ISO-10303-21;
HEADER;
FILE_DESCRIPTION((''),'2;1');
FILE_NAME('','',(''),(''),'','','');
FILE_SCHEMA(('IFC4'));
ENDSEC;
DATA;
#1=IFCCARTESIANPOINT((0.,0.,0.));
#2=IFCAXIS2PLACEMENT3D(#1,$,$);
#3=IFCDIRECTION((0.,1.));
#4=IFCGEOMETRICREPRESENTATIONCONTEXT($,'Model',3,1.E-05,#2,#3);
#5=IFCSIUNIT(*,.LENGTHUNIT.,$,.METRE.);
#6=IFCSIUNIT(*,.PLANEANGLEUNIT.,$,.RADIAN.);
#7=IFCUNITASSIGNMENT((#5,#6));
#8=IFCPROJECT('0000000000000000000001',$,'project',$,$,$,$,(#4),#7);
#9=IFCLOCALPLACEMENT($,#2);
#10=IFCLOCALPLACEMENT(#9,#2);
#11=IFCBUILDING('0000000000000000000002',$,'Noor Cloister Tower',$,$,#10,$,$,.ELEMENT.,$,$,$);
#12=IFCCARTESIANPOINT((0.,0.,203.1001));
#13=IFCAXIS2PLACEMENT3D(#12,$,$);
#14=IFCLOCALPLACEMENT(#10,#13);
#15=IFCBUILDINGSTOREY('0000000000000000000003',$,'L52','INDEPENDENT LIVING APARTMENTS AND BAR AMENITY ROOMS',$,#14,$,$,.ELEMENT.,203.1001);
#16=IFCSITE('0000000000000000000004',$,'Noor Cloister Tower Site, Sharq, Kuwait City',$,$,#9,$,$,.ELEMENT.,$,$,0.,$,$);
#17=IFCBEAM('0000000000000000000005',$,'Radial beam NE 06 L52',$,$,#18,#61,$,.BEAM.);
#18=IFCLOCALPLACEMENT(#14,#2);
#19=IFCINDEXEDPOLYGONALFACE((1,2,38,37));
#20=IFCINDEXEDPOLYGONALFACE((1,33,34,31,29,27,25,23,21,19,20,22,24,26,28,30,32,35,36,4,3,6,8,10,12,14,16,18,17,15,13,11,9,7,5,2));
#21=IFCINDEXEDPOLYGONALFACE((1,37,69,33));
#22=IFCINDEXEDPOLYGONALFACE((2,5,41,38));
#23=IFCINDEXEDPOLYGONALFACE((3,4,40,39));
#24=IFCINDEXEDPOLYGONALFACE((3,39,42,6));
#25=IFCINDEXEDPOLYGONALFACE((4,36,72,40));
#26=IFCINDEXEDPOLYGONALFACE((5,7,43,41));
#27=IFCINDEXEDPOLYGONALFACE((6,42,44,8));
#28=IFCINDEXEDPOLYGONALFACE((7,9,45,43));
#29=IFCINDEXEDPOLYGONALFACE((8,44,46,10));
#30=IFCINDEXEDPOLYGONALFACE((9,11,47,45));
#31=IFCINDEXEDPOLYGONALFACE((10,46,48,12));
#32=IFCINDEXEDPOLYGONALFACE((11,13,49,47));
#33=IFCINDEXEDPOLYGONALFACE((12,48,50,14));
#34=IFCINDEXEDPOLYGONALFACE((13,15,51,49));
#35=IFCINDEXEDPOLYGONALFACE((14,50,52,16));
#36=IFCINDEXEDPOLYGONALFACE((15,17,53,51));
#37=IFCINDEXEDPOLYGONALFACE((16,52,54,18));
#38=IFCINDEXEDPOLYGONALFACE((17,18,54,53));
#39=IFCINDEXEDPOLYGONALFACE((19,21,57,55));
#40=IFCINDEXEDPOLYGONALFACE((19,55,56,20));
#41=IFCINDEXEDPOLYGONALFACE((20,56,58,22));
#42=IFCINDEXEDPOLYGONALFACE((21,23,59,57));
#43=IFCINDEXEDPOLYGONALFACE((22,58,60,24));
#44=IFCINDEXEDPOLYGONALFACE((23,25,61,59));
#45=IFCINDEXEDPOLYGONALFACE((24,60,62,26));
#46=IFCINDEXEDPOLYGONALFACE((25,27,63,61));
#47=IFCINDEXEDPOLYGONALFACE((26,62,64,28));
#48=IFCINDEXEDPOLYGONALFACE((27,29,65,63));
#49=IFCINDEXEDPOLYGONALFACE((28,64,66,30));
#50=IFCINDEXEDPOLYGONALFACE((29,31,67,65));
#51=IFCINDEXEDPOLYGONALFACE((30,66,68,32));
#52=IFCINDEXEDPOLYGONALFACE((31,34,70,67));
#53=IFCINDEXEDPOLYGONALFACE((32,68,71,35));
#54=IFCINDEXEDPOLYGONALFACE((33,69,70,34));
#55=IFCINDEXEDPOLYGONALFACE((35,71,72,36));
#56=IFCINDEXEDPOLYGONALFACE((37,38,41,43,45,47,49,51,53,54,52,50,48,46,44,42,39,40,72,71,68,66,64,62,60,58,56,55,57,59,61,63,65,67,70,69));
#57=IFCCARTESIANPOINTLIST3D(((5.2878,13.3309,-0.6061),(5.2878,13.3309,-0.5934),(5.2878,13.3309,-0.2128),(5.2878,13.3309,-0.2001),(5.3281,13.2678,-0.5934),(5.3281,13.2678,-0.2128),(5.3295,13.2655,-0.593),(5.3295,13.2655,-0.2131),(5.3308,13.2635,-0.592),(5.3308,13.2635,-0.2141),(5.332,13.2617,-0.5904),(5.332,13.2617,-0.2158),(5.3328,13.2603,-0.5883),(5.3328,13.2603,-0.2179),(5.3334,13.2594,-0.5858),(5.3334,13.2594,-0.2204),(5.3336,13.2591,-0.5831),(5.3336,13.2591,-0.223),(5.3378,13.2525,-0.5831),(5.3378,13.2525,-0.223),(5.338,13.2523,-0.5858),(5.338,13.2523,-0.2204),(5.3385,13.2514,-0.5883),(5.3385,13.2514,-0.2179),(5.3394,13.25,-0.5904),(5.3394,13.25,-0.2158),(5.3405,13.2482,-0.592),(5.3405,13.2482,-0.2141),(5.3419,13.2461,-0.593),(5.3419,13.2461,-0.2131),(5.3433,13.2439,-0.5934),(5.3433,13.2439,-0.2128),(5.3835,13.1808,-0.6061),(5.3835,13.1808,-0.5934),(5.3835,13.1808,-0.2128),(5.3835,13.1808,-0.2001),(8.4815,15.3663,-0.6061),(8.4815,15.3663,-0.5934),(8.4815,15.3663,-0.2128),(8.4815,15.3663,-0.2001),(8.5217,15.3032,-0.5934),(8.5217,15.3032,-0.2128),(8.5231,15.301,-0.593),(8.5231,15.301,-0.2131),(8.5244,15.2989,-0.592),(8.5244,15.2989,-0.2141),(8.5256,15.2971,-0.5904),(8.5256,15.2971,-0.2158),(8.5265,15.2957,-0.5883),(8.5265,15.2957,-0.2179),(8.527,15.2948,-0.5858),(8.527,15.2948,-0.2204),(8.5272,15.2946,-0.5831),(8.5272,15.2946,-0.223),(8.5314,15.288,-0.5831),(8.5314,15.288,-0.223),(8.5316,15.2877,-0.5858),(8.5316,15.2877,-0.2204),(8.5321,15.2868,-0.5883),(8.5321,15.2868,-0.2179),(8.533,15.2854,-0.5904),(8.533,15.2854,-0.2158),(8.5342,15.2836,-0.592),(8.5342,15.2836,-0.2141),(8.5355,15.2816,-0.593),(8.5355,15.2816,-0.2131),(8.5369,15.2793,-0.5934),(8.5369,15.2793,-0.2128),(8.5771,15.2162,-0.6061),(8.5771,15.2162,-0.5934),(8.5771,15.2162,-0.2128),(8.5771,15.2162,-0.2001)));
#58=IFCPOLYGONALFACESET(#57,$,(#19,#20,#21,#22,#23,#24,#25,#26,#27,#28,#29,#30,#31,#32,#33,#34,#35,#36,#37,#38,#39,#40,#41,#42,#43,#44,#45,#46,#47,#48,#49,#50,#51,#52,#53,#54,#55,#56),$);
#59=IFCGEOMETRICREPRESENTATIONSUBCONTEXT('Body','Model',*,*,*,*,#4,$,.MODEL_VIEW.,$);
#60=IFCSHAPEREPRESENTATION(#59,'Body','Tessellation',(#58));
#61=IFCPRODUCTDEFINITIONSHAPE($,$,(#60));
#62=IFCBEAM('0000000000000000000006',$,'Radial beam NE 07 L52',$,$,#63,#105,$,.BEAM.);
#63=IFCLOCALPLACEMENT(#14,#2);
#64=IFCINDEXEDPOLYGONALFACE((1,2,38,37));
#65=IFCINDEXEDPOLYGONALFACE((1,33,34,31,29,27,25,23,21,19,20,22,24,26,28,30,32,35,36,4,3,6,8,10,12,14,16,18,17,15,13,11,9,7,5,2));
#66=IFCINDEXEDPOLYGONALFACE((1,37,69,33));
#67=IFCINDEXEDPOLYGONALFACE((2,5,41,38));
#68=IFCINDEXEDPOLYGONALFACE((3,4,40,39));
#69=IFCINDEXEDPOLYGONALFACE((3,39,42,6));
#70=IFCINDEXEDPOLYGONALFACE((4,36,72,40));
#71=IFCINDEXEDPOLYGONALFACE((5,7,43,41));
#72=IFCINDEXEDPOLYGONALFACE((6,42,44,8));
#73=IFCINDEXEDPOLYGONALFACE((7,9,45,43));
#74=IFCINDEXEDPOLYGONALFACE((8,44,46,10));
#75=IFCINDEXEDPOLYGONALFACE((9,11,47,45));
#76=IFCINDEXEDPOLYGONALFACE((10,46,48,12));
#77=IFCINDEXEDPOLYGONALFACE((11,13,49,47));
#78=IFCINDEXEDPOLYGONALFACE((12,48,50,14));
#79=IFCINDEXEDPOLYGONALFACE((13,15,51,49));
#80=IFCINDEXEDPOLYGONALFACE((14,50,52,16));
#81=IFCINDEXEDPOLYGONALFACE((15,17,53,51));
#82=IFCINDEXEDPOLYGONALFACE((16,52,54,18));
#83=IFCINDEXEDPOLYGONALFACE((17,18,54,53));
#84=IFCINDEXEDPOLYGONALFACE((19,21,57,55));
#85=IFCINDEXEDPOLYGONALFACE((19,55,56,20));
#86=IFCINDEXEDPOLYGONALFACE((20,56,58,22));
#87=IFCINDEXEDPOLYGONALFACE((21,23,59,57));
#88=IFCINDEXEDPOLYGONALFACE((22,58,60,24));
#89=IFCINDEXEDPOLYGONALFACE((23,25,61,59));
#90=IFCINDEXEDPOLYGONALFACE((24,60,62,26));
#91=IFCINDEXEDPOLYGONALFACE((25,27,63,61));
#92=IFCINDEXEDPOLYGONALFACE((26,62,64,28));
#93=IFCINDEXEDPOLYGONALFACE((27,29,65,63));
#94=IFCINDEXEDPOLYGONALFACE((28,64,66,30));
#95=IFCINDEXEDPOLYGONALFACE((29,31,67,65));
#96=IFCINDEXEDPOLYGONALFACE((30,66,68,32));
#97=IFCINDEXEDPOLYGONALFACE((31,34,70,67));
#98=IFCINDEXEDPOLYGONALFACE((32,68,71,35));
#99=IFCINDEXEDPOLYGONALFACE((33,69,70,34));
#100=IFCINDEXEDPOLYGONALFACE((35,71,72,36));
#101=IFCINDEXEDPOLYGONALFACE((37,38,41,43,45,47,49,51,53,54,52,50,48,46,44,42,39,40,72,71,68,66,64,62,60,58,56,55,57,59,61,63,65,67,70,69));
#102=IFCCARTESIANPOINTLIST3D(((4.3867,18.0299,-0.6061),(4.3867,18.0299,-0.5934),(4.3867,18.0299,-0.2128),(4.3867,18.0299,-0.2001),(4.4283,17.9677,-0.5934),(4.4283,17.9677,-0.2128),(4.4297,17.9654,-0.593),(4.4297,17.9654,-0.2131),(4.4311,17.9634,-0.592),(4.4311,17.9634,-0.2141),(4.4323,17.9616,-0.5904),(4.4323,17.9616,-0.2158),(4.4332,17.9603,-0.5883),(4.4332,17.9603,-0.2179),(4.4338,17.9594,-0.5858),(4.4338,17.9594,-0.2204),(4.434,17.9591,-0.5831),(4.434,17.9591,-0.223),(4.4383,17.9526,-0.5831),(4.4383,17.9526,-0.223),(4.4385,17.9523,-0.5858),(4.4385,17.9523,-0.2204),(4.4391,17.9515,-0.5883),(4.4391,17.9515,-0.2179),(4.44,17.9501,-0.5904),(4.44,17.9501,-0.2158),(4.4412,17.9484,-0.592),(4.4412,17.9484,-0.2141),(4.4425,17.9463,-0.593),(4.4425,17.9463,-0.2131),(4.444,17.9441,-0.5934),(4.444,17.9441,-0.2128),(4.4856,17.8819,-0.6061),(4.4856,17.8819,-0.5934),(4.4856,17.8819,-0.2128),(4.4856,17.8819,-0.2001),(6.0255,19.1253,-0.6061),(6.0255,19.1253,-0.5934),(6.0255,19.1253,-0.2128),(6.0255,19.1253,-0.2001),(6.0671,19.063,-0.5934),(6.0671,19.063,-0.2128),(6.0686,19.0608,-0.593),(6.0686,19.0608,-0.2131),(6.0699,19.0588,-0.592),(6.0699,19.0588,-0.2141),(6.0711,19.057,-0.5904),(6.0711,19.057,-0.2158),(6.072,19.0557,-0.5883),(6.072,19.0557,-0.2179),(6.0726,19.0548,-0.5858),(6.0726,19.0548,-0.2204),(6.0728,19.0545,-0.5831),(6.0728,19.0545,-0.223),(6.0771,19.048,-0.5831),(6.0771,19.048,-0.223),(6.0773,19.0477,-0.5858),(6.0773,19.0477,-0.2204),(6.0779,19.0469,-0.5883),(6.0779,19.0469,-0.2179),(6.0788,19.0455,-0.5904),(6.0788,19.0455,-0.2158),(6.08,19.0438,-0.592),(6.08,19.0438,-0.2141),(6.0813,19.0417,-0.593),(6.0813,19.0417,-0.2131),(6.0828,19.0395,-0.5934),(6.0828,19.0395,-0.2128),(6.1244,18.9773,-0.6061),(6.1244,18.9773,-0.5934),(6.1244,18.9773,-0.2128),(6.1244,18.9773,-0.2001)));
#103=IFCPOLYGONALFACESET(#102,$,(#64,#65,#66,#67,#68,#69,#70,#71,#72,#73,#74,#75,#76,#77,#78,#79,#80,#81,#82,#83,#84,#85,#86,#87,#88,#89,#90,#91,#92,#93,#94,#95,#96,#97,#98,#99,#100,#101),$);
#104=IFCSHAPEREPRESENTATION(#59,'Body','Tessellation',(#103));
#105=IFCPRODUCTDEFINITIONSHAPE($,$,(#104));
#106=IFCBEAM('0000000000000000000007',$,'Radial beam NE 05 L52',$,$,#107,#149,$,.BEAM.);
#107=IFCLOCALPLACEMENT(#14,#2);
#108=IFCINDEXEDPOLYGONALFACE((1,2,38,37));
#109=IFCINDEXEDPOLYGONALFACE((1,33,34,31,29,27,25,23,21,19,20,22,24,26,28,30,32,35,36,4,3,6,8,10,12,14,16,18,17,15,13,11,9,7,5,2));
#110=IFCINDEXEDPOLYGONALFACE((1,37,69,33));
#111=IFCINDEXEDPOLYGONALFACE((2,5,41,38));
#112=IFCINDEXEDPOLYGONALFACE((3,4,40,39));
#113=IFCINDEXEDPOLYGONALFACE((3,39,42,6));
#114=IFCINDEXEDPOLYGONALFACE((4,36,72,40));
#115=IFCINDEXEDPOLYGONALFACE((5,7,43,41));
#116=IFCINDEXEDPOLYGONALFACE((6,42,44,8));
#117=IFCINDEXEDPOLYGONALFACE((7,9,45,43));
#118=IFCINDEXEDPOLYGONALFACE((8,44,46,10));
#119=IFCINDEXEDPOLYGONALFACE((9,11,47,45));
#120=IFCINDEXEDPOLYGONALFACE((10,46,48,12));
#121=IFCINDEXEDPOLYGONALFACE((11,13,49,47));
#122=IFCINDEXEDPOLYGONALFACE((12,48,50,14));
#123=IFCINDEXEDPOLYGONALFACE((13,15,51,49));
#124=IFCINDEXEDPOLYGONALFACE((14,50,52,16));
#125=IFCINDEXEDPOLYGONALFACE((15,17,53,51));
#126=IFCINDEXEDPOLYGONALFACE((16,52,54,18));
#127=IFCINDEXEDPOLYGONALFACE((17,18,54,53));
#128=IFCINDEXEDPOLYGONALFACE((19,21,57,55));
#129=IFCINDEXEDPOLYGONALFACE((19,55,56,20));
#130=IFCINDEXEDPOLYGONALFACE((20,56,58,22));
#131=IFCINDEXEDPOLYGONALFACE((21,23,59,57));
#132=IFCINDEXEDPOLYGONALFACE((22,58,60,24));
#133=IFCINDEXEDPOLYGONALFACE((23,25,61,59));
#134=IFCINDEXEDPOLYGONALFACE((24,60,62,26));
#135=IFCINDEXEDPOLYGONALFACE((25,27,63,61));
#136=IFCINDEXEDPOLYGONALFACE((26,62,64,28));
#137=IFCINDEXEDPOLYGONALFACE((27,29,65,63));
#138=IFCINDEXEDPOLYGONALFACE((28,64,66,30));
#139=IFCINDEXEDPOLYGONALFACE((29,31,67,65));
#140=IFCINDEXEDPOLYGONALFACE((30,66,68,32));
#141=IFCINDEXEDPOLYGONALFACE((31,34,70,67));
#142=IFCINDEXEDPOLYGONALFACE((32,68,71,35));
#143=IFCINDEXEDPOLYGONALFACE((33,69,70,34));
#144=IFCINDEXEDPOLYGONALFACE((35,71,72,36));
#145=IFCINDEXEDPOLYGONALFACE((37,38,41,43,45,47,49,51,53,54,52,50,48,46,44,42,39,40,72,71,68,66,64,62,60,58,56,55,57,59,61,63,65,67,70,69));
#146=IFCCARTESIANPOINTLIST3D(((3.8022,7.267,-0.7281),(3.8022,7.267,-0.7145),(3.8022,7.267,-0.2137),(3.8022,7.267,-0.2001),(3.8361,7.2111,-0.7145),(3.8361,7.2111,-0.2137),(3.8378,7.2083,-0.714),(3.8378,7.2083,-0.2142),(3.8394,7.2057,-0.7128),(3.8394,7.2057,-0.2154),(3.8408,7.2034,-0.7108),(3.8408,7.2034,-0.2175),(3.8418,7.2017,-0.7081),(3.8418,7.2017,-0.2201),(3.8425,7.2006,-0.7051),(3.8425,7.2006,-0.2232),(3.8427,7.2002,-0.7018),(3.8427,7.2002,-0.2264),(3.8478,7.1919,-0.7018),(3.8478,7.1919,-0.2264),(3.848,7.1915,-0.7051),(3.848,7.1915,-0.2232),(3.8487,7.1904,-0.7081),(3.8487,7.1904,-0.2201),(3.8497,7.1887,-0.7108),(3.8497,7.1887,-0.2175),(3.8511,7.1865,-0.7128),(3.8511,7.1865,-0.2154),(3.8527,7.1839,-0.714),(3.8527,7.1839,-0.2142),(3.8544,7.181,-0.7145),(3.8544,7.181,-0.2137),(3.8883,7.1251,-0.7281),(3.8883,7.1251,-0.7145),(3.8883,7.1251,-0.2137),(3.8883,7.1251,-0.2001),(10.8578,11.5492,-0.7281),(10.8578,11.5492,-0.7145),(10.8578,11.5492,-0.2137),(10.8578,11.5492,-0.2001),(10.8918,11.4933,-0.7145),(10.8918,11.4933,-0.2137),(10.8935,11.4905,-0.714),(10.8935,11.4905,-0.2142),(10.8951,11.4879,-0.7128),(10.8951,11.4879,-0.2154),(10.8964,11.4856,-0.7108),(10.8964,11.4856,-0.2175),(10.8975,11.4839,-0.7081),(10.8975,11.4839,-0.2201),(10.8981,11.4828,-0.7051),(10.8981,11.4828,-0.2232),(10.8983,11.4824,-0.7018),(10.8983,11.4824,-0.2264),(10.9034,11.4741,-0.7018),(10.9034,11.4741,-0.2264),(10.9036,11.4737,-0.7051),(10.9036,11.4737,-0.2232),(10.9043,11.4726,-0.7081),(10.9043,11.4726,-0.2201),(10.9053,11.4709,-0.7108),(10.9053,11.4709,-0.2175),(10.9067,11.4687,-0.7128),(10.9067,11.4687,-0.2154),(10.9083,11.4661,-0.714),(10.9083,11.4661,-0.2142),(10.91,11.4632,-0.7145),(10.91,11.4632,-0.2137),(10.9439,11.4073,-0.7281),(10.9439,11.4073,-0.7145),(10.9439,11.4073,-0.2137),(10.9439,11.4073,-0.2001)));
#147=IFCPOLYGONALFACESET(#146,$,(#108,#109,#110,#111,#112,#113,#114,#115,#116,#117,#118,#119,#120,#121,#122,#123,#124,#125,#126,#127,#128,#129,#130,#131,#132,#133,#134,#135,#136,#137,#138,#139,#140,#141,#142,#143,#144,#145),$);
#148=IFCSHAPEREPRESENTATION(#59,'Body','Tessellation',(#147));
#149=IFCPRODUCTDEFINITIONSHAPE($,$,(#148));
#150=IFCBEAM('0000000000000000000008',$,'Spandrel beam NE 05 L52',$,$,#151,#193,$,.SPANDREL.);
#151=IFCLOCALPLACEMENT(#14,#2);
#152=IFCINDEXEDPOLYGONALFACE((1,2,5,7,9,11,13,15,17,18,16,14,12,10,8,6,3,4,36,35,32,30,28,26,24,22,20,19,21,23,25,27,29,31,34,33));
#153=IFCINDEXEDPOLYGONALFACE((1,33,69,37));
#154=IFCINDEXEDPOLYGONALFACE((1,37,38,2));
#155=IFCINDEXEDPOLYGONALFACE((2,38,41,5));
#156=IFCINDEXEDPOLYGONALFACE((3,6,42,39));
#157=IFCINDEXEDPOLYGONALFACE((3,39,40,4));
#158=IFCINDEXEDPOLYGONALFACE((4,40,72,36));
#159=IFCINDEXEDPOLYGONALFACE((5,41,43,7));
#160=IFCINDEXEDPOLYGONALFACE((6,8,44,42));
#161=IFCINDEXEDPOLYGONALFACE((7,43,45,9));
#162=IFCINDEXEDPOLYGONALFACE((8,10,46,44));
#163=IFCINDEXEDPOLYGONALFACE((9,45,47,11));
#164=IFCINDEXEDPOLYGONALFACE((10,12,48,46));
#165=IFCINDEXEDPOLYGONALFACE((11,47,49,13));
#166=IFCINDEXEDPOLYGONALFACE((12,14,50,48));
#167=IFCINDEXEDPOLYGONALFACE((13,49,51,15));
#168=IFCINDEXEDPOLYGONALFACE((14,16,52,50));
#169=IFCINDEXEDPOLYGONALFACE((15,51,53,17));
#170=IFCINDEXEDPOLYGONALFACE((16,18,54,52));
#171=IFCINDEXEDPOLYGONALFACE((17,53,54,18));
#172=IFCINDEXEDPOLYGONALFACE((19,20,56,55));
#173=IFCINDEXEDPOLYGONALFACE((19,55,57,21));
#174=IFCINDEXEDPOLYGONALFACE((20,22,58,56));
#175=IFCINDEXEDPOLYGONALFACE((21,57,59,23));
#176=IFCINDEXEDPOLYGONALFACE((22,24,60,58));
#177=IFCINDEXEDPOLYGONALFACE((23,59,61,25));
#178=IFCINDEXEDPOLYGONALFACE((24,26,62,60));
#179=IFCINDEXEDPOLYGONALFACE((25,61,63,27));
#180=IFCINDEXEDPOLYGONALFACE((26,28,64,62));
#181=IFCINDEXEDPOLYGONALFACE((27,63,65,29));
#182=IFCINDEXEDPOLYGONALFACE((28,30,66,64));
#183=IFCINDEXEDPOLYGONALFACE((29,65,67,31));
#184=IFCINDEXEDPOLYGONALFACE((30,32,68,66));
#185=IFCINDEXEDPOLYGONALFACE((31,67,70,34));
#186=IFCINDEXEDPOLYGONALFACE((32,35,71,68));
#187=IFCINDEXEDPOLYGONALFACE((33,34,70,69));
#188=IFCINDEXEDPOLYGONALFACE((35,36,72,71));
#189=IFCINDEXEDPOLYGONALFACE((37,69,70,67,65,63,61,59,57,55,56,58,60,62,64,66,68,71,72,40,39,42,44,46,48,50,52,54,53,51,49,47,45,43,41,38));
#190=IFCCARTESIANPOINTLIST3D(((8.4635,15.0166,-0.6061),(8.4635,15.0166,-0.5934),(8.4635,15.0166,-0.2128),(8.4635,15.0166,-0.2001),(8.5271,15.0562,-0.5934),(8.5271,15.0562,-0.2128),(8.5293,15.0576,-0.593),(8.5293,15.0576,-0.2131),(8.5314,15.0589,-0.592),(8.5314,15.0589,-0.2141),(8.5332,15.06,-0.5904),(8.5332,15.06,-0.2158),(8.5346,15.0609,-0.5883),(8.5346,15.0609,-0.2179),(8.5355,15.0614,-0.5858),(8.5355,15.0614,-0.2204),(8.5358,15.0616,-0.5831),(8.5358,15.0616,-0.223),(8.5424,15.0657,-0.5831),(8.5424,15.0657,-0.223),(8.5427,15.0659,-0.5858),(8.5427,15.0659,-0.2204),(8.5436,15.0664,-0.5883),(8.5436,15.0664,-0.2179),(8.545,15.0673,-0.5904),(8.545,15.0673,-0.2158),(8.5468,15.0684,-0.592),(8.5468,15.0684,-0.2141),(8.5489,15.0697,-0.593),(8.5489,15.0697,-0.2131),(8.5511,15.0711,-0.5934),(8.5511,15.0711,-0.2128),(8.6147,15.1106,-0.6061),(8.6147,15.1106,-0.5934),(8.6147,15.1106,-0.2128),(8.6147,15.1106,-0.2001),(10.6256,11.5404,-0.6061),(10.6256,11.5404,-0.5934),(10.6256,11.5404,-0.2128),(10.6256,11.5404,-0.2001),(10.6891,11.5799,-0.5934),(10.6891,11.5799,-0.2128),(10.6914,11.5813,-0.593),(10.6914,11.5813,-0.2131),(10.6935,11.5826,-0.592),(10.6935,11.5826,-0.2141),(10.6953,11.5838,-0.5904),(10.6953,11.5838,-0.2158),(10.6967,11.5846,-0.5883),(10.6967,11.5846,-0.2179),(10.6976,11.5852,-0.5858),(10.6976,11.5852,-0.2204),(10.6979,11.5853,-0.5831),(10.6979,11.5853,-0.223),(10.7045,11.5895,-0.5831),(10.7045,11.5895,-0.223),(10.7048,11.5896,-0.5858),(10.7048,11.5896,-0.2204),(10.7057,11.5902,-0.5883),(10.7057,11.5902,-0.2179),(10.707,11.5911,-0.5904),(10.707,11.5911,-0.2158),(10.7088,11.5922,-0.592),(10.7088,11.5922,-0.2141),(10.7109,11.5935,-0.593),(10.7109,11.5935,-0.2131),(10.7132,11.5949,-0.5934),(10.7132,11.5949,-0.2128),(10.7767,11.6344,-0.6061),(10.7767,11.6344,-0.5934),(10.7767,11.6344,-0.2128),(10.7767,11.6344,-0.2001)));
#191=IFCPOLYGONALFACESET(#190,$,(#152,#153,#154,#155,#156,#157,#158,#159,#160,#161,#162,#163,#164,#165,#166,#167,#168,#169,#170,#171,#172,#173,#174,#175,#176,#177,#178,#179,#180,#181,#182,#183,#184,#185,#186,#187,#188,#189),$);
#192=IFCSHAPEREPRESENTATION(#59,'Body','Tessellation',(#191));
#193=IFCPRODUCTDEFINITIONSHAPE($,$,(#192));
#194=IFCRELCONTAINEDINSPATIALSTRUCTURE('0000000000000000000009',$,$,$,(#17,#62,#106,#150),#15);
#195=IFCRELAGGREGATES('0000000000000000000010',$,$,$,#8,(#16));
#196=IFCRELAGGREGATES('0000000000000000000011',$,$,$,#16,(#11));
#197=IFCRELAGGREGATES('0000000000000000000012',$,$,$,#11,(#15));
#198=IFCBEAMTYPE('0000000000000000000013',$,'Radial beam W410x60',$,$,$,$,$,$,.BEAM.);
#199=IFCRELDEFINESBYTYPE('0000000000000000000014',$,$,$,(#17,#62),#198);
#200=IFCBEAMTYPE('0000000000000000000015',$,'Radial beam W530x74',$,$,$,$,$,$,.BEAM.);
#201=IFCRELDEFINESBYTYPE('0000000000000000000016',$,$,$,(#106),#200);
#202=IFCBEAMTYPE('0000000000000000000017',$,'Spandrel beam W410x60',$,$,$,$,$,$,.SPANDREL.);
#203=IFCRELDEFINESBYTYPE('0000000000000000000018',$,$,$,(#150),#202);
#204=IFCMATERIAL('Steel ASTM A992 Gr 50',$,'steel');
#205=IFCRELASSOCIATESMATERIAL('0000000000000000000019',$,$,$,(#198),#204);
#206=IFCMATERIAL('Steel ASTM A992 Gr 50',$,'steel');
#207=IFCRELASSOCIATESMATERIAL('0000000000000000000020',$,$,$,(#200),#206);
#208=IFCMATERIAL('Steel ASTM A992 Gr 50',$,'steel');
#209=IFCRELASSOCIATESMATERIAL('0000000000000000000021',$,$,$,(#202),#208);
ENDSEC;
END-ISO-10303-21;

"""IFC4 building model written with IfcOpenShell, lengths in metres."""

from ifc_helpers import new_model, si_unit, direction, frame, origin, origin_2d, place, context, subcontext, project, spatial, i_section, extrude, material, material_profile, profile_set, type_object, element, save


model = new_model("IFC4")

# Units and contexts
model_context = context("Model", 3, precision=1e-05, world=origin(), true_north=direction((0.0, 1.0)))
body_context = subcontext(model_context, "Body", "Model", "MODEL_VIEW")
ifc_project = project(units=[si_unit("LENGTHUNIT", "METRE"), si_unit("PLANEANGLEUNIT", "RADIAN")], contexts=[model_context])

# Site, building, storey
site_placement = place(None, origin())
site = spatial("IfcSite", under=ifc_project, at=site_placement, Name="Noor Cloister Tower Site, Sharq, Kuwait City", CompositionType="ELEMENT", RefElevation=0.0)
building_placement = place(site_placement, origin())
building = spatial("IfcBuilding", under=site, at=building_placement, Name="Noor Cloister Tower", CompositionType="ELEMENT")
storey_placement = place(building_placement, frame((0.0, 0.0, 203.1001)))
storey = spatial("IfcBuildingStorey", under=building, at=storey_placement, Name="L52", Description="INDEPENDENT LIVING APARTMENTS AND BAR AMENITY ROOMS", CompositionType="ELEMENT", Elevation=203.1001)

# Beams
ifc_material_1 = material(Name="Steel ASTM A992 Gr 50", Category="steel")
ifc_material_profile_1 = material_profile(ifc_material_1, i_section(OverallWidth=0.178, OverallDepth=0.406, WebThickness=0.0078, FlangeThickness=0.0127, FilletRadius=0.0103, at=origin_2d()), Name="W410x60")
ifc_profile_set_1 = profile_set([ifc_material_profile_1], Name="Steel ASTM A992 Gr 50")
beam_type_1 = type_object("IfcBeamType", Name="Radial beam W410x60", PredefinedType="BEAM", material=ifc_profile_set_1)
beam_1_placement = place(storey_placement, frame((8.5293, 15.2913, -0.4031), z_axis=(-0.84329, -0.537459, 0.0), x_axis=(0.537459, -0.84329, 0.0)))
element("IfcBeam", 1, at=beam_1_placement, inside=storey, type_object=beam_type_1, Name="Radial beam NE 06 L52", PredefinedType="BEAM", context=body_context, shape_type="SweptSolid", body=[
    extrude(i_section(OverallWidth=0.178, OverallDepth=0.406, WebThickness=0.0078, FlangeThickness=0.0127, FilletRadius=0.0103, at=origin_2d()), origin(), (0.0, 0.0, 1.0), 3.7871),
])
beam_2_placement = place(storey_placement, frame((6.075, 19.0513, -0.4031), z_axis=(-0.831383, -0.5557, 0.0), x_axis=(0.5557, -0.831383, 0.0)))
element("IfcBeam", 2, at=beam_2_placement, inside=storey, type_object=beam_type_1, Name="Radial beam NE 07 L52", PredefinedType="BEAM", context=body_context, shape_type="SweptSolid", body=[
    extrude(i_section(OverallWidth=0.178, OverallDepth=0.406, WebThickness=0.0078, FlangeThickness=0.0127, FilletRadius=0.0103, at=origin_2d()), origin(), (0.0, 0.0, 1.0), 1.9712),
])
ifc_material_2 = material(Name="Steel ASTM A992 Gr 50", Category="steel")
ifc_material_profile_2 = material_profile(ifc_material_2, i_section(OverallWidth=0.166, OverallDepth=0.5281, WebThickness=0.0098, FlangeThickness=0.0137, FilletRadius=0.0127, at=origin_2d()), Name="W530x74")
ifc_profile_set_2 = profile_set([ifc_material_profile_2], Name="Steel ASTM A992 Gr 50")
beam_type_2 = type_object("IfcBeamType", Name="Radial beam W530x74", PredefinedType="BEAM", material=ifc_profile_set_2)
beam_3_placement = place(storey_placement, frame((10.9009, 11.4783, -0.4641), z_axis=(-0.854872, -0.518839, 0.0), x_axis=(0.518839, -0.854872, 0.0)))
element("IfcBeam", 3, at=beam_3_placement, inside=storey, type_object=beam_type_2, Name="Radial beam NE 05 L52", PredefinedType="BEAM", context=body_context, shape_type="SweptSolid", body=[
    extrude(i_section(OverallWidth=0.166, OverallDepth=0.5281, WebThickness=0.0098, FlangeThickness=0.0137, FilletRadius=0.0127, at=origin_2d()), origin(), (0.0, 0.0, 1.0), 8.2534),
])
ifc_material_3 = material(Name="Steel ASTM A992 Gr 50", Category="steel")
ifc_material_profile_3 = material_profile(ifc_material_3, i_section(OverallWidth=0.178, OverallDepth=0.406, WebThickness=0.0078, FlangeThickness=0.0127, FilletRadius=0.0103, at=origin_2d()), Name="W410x60")
ifc_profile_set_3 = profile_set([ifc_material_profile_3], Name="Steel ASTM A992 Gr 50")
beam_type_3 = type_object("IfcBeamType", Name="Spandrel beam W410x60", PredefinedType="SPANDREL", material=ifc_profile_set_3)
beam_4_placement = place(storey_placement, frame((10.7012, 11.5874, -0.4031), z_axis=(-0.528138, 0.849159, 0.0), x_axis=(-0.849159, -0.528138, 0.0)))
element("IfcBeam", 4, at=beam_4_placement, inside=storey, type_object=beam_type_3, Name="Spandrel beam NE 05 L52", PredefinedType="SPANDREL", context=body_context, shape_type="SweptSolid", body=[
    extrude(i_section(OverallWidth=0.178, OverallDepth=0.406, WebThickness=0.0078, FlangeThickness=0.0127, FilletRadius=0.0103, at=origin_2d()), origin(), (0.0, 0.0, 1.0), 4.0938),
])

save(model, "model.ifc")
